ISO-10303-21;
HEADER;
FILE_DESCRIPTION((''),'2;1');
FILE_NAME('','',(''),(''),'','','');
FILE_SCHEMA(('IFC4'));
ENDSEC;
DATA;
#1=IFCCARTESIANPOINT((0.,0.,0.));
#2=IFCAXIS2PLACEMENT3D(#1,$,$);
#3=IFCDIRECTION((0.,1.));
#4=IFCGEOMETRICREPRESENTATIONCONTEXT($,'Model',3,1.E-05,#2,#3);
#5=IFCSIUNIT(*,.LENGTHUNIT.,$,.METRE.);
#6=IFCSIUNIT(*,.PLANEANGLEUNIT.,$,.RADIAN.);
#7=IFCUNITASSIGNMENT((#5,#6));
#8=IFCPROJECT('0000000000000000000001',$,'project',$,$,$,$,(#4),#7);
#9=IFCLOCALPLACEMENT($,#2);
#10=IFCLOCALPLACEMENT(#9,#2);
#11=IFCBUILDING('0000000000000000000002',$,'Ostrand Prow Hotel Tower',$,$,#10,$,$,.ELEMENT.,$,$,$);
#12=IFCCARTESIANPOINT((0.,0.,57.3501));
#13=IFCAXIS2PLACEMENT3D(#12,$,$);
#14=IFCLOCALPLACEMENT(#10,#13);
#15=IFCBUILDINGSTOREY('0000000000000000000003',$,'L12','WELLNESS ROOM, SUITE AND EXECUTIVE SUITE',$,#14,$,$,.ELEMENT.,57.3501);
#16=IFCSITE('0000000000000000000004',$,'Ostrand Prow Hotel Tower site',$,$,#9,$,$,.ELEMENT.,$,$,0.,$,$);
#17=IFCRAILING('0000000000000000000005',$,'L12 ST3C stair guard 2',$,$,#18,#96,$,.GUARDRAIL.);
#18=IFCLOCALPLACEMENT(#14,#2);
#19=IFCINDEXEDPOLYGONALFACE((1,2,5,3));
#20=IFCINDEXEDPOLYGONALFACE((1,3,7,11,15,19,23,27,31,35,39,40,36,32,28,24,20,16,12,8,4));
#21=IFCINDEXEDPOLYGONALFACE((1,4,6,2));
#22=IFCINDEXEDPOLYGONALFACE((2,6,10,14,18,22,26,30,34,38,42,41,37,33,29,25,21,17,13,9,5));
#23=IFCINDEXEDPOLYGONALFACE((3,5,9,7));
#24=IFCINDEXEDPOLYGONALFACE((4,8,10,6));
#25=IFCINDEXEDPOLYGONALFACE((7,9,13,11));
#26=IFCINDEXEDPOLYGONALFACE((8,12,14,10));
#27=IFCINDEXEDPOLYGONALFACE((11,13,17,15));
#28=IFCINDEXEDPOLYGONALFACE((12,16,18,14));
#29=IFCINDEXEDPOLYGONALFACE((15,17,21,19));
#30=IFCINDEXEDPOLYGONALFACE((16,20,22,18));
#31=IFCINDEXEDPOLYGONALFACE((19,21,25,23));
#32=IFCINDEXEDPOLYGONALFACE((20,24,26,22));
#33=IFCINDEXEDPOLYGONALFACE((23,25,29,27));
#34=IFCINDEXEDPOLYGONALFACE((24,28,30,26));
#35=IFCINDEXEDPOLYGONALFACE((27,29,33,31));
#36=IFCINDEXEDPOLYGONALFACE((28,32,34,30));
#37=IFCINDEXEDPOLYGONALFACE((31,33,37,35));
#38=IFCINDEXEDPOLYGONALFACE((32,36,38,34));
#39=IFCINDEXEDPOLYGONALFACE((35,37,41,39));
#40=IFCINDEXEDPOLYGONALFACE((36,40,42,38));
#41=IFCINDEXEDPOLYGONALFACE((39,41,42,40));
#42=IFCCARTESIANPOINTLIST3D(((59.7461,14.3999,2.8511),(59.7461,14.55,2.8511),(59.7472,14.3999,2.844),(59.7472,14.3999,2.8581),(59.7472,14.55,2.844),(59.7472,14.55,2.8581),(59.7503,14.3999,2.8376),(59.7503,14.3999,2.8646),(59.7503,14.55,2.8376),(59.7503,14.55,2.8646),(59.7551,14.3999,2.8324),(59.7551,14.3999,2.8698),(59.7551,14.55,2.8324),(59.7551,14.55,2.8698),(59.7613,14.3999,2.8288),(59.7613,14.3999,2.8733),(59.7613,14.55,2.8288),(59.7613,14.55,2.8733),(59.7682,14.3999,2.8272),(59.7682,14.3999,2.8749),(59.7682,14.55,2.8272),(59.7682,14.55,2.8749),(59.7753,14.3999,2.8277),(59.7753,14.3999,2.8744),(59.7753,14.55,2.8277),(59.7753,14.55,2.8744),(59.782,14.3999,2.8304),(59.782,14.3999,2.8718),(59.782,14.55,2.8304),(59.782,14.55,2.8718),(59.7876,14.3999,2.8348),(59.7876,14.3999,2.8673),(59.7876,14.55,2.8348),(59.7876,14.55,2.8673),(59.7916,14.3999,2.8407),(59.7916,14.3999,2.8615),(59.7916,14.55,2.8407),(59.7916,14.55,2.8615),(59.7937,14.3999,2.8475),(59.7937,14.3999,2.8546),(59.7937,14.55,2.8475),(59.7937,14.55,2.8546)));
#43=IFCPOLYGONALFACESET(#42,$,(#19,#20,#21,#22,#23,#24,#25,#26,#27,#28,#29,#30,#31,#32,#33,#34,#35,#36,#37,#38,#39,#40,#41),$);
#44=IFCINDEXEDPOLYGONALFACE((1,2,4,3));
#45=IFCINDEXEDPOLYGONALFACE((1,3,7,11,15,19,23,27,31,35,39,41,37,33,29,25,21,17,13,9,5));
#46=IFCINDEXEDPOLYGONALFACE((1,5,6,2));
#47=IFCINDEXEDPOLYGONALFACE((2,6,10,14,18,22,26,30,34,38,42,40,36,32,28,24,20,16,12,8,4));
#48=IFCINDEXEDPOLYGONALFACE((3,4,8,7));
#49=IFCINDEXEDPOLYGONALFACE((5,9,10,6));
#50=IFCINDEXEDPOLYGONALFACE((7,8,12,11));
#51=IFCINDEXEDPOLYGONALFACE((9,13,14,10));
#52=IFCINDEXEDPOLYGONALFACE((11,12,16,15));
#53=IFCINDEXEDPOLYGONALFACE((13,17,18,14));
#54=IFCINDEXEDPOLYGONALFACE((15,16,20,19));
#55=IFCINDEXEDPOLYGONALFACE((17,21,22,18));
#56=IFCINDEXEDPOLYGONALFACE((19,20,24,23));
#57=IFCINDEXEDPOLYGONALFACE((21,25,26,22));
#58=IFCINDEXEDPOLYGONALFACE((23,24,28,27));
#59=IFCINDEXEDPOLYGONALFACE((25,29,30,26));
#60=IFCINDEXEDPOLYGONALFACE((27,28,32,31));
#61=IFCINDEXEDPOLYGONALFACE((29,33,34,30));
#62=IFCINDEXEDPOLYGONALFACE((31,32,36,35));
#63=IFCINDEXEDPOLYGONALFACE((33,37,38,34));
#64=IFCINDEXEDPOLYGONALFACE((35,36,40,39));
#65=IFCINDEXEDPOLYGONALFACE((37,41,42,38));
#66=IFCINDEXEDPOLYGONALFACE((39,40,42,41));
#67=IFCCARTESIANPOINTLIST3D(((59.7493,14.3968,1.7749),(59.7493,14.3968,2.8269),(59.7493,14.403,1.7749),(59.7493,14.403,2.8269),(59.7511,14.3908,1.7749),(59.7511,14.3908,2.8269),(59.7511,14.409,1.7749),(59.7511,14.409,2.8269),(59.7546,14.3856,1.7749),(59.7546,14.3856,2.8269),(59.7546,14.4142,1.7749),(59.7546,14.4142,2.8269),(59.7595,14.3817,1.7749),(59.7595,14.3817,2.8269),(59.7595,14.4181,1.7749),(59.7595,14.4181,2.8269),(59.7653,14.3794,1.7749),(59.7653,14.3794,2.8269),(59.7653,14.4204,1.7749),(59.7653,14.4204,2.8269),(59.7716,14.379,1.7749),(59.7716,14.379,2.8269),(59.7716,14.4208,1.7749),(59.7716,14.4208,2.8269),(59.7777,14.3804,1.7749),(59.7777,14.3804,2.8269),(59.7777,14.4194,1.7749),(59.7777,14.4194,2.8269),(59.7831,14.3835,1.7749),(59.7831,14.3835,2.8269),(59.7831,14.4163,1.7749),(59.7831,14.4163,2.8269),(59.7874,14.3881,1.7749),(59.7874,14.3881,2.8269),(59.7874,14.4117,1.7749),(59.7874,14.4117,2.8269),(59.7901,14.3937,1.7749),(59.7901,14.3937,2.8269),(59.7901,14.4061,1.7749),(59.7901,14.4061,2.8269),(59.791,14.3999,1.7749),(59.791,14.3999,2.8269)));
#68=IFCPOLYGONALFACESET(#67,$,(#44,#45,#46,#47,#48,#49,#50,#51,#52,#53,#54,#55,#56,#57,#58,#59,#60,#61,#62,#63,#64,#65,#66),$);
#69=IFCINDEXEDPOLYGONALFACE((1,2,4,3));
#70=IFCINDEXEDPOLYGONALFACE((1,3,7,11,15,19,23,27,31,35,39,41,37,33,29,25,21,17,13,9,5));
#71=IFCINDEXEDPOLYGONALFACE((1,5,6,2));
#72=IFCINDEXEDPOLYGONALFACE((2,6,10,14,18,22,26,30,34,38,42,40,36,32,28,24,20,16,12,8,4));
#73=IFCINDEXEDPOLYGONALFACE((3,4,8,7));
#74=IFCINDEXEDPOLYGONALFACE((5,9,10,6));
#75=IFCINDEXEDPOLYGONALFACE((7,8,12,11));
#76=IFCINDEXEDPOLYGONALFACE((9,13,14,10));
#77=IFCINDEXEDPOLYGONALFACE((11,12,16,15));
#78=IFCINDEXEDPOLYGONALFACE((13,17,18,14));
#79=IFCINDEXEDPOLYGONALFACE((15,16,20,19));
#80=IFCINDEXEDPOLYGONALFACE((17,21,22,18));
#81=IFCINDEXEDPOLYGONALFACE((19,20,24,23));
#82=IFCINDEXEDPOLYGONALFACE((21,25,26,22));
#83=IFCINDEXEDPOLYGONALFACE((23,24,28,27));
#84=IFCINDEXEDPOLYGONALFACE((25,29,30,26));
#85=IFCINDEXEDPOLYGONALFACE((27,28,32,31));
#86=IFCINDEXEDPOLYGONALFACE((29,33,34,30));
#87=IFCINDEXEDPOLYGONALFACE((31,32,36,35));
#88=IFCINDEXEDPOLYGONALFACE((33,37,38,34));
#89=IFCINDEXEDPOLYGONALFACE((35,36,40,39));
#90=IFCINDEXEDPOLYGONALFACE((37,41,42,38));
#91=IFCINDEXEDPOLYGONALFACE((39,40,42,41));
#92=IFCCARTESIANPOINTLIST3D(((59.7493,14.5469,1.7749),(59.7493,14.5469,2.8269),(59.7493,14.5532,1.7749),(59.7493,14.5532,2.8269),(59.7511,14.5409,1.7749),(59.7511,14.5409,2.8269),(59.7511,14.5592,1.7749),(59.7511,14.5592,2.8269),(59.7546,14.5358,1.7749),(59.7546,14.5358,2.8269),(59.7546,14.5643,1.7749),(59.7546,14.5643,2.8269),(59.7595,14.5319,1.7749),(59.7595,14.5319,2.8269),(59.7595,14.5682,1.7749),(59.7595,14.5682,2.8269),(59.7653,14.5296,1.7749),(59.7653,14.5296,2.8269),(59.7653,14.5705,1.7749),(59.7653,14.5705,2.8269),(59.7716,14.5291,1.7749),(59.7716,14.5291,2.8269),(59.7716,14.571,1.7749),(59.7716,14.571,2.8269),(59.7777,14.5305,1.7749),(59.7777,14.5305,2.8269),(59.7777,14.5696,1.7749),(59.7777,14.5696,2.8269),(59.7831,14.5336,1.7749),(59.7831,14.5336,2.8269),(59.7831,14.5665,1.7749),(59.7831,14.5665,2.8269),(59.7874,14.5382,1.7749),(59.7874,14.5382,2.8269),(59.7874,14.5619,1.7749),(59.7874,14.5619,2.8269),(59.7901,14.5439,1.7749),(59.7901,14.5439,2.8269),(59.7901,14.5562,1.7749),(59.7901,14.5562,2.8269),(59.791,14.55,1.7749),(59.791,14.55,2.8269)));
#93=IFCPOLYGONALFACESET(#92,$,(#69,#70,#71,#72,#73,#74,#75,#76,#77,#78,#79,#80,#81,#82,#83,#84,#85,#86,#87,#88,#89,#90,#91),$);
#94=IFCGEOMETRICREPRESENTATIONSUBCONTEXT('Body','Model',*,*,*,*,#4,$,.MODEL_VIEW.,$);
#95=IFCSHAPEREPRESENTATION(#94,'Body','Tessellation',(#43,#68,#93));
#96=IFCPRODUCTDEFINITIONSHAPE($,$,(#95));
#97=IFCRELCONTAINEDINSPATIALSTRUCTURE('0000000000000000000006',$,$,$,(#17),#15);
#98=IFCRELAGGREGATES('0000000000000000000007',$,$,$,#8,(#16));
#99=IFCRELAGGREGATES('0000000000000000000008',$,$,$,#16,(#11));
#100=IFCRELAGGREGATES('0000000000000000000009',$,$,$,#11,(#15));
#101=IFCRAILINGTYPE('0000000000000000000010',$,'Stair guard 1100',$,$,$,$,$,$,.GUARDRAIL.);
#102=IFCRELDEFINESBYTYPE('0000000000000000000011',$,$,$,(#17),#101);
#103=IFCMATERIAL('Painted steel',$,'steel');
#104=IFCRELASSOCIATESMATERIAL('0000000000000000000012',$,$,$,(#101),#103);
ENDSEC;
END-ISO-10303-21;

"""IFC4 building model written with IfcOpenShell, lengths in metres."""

from ifc_helpers import new_model, si_unit, direction, frame, origin, origin_2d, place, context, subcontext, project, spatial, circle, extrude, material, type_object, element, save


model = new_model("IFC4")

# Units and contexts
model_context = context("Model", 3, precision=1e-05, world=origin(), true_north=direction((0.0, 1.0)))
body_context = subcontext(model_context, "Body", "Model", "MODEL_VIEW")
ifc_project = project(units=[si_unit("LENGTHUNIT", "METRE"), si_unit("PLANEANGLEUNIT", "RADIAN")], contexts=[model_context])

# Site, building, storey
site_placement = place(None, origin())
site = spatial("IfcSite", under=ifc_project, at=site_placement, Name="Ostrand Prow Hotel Tower site", CompositionType="ELEMENT", RefElevation=0.0)
building_placement = place(site_placement, origin())
building = spatial("IfcBuilding", under=site, at=building_placement, Name="Ostrand Prow Hotel Tower", CompositionType="ELEMENT")
storey_placement = place(building_placement, frame((0.0, 0.0, 57.3501)))
storey = spatial("IfcBuildingStorey", under=building, at=storey_placement, Name="L12", Description="WELLNESS ROOM, SUITE AND EXECUTIVE SUITE", CompositionType="ELEMENT", Elevation=57.3501)

# Railing
ifc_material_1 = material(Name="Painted steel", Category="steel")
railing_type_1 = type_object("IfcRailingType", Name="Stair guard 1100", PredefinedType="GUARDRAIL", material=ifc_material_1)
railing_1_placement = place(storey_placement, frame((59.77, 14.3999, 1.7749)))
element("IfcRailing", 1, at=railing_1_placement, inside=storey, type_object=railing_type_1, Name="L12 ST3C stair guard 2", PredefinedType="GUARDRAIL", context=body_context, shape_type="SweptSolid", body=[
    extrude(circle(Radius=0.0239, at=origin_2d()), frame((0.0, 0.0, 1.0762), z_axis=(0.0, 1.0, 0.0), x_axis=(-1.0, 0.0, 0.0)), (0.0, 0.0, 1.0), 0.1501),
    extrude(circle(Radius=0.021, at=origin_2d()), origin(), (0.0, 0.0, 1.0), 1.052),
    extrude(circle(Radius=0.021, at=origin_2d()), frame((0.0, 0.1501, 0.0)), (0.0, 0.0, 1.0), 1.052),
])

save(model, "model.ifc")
